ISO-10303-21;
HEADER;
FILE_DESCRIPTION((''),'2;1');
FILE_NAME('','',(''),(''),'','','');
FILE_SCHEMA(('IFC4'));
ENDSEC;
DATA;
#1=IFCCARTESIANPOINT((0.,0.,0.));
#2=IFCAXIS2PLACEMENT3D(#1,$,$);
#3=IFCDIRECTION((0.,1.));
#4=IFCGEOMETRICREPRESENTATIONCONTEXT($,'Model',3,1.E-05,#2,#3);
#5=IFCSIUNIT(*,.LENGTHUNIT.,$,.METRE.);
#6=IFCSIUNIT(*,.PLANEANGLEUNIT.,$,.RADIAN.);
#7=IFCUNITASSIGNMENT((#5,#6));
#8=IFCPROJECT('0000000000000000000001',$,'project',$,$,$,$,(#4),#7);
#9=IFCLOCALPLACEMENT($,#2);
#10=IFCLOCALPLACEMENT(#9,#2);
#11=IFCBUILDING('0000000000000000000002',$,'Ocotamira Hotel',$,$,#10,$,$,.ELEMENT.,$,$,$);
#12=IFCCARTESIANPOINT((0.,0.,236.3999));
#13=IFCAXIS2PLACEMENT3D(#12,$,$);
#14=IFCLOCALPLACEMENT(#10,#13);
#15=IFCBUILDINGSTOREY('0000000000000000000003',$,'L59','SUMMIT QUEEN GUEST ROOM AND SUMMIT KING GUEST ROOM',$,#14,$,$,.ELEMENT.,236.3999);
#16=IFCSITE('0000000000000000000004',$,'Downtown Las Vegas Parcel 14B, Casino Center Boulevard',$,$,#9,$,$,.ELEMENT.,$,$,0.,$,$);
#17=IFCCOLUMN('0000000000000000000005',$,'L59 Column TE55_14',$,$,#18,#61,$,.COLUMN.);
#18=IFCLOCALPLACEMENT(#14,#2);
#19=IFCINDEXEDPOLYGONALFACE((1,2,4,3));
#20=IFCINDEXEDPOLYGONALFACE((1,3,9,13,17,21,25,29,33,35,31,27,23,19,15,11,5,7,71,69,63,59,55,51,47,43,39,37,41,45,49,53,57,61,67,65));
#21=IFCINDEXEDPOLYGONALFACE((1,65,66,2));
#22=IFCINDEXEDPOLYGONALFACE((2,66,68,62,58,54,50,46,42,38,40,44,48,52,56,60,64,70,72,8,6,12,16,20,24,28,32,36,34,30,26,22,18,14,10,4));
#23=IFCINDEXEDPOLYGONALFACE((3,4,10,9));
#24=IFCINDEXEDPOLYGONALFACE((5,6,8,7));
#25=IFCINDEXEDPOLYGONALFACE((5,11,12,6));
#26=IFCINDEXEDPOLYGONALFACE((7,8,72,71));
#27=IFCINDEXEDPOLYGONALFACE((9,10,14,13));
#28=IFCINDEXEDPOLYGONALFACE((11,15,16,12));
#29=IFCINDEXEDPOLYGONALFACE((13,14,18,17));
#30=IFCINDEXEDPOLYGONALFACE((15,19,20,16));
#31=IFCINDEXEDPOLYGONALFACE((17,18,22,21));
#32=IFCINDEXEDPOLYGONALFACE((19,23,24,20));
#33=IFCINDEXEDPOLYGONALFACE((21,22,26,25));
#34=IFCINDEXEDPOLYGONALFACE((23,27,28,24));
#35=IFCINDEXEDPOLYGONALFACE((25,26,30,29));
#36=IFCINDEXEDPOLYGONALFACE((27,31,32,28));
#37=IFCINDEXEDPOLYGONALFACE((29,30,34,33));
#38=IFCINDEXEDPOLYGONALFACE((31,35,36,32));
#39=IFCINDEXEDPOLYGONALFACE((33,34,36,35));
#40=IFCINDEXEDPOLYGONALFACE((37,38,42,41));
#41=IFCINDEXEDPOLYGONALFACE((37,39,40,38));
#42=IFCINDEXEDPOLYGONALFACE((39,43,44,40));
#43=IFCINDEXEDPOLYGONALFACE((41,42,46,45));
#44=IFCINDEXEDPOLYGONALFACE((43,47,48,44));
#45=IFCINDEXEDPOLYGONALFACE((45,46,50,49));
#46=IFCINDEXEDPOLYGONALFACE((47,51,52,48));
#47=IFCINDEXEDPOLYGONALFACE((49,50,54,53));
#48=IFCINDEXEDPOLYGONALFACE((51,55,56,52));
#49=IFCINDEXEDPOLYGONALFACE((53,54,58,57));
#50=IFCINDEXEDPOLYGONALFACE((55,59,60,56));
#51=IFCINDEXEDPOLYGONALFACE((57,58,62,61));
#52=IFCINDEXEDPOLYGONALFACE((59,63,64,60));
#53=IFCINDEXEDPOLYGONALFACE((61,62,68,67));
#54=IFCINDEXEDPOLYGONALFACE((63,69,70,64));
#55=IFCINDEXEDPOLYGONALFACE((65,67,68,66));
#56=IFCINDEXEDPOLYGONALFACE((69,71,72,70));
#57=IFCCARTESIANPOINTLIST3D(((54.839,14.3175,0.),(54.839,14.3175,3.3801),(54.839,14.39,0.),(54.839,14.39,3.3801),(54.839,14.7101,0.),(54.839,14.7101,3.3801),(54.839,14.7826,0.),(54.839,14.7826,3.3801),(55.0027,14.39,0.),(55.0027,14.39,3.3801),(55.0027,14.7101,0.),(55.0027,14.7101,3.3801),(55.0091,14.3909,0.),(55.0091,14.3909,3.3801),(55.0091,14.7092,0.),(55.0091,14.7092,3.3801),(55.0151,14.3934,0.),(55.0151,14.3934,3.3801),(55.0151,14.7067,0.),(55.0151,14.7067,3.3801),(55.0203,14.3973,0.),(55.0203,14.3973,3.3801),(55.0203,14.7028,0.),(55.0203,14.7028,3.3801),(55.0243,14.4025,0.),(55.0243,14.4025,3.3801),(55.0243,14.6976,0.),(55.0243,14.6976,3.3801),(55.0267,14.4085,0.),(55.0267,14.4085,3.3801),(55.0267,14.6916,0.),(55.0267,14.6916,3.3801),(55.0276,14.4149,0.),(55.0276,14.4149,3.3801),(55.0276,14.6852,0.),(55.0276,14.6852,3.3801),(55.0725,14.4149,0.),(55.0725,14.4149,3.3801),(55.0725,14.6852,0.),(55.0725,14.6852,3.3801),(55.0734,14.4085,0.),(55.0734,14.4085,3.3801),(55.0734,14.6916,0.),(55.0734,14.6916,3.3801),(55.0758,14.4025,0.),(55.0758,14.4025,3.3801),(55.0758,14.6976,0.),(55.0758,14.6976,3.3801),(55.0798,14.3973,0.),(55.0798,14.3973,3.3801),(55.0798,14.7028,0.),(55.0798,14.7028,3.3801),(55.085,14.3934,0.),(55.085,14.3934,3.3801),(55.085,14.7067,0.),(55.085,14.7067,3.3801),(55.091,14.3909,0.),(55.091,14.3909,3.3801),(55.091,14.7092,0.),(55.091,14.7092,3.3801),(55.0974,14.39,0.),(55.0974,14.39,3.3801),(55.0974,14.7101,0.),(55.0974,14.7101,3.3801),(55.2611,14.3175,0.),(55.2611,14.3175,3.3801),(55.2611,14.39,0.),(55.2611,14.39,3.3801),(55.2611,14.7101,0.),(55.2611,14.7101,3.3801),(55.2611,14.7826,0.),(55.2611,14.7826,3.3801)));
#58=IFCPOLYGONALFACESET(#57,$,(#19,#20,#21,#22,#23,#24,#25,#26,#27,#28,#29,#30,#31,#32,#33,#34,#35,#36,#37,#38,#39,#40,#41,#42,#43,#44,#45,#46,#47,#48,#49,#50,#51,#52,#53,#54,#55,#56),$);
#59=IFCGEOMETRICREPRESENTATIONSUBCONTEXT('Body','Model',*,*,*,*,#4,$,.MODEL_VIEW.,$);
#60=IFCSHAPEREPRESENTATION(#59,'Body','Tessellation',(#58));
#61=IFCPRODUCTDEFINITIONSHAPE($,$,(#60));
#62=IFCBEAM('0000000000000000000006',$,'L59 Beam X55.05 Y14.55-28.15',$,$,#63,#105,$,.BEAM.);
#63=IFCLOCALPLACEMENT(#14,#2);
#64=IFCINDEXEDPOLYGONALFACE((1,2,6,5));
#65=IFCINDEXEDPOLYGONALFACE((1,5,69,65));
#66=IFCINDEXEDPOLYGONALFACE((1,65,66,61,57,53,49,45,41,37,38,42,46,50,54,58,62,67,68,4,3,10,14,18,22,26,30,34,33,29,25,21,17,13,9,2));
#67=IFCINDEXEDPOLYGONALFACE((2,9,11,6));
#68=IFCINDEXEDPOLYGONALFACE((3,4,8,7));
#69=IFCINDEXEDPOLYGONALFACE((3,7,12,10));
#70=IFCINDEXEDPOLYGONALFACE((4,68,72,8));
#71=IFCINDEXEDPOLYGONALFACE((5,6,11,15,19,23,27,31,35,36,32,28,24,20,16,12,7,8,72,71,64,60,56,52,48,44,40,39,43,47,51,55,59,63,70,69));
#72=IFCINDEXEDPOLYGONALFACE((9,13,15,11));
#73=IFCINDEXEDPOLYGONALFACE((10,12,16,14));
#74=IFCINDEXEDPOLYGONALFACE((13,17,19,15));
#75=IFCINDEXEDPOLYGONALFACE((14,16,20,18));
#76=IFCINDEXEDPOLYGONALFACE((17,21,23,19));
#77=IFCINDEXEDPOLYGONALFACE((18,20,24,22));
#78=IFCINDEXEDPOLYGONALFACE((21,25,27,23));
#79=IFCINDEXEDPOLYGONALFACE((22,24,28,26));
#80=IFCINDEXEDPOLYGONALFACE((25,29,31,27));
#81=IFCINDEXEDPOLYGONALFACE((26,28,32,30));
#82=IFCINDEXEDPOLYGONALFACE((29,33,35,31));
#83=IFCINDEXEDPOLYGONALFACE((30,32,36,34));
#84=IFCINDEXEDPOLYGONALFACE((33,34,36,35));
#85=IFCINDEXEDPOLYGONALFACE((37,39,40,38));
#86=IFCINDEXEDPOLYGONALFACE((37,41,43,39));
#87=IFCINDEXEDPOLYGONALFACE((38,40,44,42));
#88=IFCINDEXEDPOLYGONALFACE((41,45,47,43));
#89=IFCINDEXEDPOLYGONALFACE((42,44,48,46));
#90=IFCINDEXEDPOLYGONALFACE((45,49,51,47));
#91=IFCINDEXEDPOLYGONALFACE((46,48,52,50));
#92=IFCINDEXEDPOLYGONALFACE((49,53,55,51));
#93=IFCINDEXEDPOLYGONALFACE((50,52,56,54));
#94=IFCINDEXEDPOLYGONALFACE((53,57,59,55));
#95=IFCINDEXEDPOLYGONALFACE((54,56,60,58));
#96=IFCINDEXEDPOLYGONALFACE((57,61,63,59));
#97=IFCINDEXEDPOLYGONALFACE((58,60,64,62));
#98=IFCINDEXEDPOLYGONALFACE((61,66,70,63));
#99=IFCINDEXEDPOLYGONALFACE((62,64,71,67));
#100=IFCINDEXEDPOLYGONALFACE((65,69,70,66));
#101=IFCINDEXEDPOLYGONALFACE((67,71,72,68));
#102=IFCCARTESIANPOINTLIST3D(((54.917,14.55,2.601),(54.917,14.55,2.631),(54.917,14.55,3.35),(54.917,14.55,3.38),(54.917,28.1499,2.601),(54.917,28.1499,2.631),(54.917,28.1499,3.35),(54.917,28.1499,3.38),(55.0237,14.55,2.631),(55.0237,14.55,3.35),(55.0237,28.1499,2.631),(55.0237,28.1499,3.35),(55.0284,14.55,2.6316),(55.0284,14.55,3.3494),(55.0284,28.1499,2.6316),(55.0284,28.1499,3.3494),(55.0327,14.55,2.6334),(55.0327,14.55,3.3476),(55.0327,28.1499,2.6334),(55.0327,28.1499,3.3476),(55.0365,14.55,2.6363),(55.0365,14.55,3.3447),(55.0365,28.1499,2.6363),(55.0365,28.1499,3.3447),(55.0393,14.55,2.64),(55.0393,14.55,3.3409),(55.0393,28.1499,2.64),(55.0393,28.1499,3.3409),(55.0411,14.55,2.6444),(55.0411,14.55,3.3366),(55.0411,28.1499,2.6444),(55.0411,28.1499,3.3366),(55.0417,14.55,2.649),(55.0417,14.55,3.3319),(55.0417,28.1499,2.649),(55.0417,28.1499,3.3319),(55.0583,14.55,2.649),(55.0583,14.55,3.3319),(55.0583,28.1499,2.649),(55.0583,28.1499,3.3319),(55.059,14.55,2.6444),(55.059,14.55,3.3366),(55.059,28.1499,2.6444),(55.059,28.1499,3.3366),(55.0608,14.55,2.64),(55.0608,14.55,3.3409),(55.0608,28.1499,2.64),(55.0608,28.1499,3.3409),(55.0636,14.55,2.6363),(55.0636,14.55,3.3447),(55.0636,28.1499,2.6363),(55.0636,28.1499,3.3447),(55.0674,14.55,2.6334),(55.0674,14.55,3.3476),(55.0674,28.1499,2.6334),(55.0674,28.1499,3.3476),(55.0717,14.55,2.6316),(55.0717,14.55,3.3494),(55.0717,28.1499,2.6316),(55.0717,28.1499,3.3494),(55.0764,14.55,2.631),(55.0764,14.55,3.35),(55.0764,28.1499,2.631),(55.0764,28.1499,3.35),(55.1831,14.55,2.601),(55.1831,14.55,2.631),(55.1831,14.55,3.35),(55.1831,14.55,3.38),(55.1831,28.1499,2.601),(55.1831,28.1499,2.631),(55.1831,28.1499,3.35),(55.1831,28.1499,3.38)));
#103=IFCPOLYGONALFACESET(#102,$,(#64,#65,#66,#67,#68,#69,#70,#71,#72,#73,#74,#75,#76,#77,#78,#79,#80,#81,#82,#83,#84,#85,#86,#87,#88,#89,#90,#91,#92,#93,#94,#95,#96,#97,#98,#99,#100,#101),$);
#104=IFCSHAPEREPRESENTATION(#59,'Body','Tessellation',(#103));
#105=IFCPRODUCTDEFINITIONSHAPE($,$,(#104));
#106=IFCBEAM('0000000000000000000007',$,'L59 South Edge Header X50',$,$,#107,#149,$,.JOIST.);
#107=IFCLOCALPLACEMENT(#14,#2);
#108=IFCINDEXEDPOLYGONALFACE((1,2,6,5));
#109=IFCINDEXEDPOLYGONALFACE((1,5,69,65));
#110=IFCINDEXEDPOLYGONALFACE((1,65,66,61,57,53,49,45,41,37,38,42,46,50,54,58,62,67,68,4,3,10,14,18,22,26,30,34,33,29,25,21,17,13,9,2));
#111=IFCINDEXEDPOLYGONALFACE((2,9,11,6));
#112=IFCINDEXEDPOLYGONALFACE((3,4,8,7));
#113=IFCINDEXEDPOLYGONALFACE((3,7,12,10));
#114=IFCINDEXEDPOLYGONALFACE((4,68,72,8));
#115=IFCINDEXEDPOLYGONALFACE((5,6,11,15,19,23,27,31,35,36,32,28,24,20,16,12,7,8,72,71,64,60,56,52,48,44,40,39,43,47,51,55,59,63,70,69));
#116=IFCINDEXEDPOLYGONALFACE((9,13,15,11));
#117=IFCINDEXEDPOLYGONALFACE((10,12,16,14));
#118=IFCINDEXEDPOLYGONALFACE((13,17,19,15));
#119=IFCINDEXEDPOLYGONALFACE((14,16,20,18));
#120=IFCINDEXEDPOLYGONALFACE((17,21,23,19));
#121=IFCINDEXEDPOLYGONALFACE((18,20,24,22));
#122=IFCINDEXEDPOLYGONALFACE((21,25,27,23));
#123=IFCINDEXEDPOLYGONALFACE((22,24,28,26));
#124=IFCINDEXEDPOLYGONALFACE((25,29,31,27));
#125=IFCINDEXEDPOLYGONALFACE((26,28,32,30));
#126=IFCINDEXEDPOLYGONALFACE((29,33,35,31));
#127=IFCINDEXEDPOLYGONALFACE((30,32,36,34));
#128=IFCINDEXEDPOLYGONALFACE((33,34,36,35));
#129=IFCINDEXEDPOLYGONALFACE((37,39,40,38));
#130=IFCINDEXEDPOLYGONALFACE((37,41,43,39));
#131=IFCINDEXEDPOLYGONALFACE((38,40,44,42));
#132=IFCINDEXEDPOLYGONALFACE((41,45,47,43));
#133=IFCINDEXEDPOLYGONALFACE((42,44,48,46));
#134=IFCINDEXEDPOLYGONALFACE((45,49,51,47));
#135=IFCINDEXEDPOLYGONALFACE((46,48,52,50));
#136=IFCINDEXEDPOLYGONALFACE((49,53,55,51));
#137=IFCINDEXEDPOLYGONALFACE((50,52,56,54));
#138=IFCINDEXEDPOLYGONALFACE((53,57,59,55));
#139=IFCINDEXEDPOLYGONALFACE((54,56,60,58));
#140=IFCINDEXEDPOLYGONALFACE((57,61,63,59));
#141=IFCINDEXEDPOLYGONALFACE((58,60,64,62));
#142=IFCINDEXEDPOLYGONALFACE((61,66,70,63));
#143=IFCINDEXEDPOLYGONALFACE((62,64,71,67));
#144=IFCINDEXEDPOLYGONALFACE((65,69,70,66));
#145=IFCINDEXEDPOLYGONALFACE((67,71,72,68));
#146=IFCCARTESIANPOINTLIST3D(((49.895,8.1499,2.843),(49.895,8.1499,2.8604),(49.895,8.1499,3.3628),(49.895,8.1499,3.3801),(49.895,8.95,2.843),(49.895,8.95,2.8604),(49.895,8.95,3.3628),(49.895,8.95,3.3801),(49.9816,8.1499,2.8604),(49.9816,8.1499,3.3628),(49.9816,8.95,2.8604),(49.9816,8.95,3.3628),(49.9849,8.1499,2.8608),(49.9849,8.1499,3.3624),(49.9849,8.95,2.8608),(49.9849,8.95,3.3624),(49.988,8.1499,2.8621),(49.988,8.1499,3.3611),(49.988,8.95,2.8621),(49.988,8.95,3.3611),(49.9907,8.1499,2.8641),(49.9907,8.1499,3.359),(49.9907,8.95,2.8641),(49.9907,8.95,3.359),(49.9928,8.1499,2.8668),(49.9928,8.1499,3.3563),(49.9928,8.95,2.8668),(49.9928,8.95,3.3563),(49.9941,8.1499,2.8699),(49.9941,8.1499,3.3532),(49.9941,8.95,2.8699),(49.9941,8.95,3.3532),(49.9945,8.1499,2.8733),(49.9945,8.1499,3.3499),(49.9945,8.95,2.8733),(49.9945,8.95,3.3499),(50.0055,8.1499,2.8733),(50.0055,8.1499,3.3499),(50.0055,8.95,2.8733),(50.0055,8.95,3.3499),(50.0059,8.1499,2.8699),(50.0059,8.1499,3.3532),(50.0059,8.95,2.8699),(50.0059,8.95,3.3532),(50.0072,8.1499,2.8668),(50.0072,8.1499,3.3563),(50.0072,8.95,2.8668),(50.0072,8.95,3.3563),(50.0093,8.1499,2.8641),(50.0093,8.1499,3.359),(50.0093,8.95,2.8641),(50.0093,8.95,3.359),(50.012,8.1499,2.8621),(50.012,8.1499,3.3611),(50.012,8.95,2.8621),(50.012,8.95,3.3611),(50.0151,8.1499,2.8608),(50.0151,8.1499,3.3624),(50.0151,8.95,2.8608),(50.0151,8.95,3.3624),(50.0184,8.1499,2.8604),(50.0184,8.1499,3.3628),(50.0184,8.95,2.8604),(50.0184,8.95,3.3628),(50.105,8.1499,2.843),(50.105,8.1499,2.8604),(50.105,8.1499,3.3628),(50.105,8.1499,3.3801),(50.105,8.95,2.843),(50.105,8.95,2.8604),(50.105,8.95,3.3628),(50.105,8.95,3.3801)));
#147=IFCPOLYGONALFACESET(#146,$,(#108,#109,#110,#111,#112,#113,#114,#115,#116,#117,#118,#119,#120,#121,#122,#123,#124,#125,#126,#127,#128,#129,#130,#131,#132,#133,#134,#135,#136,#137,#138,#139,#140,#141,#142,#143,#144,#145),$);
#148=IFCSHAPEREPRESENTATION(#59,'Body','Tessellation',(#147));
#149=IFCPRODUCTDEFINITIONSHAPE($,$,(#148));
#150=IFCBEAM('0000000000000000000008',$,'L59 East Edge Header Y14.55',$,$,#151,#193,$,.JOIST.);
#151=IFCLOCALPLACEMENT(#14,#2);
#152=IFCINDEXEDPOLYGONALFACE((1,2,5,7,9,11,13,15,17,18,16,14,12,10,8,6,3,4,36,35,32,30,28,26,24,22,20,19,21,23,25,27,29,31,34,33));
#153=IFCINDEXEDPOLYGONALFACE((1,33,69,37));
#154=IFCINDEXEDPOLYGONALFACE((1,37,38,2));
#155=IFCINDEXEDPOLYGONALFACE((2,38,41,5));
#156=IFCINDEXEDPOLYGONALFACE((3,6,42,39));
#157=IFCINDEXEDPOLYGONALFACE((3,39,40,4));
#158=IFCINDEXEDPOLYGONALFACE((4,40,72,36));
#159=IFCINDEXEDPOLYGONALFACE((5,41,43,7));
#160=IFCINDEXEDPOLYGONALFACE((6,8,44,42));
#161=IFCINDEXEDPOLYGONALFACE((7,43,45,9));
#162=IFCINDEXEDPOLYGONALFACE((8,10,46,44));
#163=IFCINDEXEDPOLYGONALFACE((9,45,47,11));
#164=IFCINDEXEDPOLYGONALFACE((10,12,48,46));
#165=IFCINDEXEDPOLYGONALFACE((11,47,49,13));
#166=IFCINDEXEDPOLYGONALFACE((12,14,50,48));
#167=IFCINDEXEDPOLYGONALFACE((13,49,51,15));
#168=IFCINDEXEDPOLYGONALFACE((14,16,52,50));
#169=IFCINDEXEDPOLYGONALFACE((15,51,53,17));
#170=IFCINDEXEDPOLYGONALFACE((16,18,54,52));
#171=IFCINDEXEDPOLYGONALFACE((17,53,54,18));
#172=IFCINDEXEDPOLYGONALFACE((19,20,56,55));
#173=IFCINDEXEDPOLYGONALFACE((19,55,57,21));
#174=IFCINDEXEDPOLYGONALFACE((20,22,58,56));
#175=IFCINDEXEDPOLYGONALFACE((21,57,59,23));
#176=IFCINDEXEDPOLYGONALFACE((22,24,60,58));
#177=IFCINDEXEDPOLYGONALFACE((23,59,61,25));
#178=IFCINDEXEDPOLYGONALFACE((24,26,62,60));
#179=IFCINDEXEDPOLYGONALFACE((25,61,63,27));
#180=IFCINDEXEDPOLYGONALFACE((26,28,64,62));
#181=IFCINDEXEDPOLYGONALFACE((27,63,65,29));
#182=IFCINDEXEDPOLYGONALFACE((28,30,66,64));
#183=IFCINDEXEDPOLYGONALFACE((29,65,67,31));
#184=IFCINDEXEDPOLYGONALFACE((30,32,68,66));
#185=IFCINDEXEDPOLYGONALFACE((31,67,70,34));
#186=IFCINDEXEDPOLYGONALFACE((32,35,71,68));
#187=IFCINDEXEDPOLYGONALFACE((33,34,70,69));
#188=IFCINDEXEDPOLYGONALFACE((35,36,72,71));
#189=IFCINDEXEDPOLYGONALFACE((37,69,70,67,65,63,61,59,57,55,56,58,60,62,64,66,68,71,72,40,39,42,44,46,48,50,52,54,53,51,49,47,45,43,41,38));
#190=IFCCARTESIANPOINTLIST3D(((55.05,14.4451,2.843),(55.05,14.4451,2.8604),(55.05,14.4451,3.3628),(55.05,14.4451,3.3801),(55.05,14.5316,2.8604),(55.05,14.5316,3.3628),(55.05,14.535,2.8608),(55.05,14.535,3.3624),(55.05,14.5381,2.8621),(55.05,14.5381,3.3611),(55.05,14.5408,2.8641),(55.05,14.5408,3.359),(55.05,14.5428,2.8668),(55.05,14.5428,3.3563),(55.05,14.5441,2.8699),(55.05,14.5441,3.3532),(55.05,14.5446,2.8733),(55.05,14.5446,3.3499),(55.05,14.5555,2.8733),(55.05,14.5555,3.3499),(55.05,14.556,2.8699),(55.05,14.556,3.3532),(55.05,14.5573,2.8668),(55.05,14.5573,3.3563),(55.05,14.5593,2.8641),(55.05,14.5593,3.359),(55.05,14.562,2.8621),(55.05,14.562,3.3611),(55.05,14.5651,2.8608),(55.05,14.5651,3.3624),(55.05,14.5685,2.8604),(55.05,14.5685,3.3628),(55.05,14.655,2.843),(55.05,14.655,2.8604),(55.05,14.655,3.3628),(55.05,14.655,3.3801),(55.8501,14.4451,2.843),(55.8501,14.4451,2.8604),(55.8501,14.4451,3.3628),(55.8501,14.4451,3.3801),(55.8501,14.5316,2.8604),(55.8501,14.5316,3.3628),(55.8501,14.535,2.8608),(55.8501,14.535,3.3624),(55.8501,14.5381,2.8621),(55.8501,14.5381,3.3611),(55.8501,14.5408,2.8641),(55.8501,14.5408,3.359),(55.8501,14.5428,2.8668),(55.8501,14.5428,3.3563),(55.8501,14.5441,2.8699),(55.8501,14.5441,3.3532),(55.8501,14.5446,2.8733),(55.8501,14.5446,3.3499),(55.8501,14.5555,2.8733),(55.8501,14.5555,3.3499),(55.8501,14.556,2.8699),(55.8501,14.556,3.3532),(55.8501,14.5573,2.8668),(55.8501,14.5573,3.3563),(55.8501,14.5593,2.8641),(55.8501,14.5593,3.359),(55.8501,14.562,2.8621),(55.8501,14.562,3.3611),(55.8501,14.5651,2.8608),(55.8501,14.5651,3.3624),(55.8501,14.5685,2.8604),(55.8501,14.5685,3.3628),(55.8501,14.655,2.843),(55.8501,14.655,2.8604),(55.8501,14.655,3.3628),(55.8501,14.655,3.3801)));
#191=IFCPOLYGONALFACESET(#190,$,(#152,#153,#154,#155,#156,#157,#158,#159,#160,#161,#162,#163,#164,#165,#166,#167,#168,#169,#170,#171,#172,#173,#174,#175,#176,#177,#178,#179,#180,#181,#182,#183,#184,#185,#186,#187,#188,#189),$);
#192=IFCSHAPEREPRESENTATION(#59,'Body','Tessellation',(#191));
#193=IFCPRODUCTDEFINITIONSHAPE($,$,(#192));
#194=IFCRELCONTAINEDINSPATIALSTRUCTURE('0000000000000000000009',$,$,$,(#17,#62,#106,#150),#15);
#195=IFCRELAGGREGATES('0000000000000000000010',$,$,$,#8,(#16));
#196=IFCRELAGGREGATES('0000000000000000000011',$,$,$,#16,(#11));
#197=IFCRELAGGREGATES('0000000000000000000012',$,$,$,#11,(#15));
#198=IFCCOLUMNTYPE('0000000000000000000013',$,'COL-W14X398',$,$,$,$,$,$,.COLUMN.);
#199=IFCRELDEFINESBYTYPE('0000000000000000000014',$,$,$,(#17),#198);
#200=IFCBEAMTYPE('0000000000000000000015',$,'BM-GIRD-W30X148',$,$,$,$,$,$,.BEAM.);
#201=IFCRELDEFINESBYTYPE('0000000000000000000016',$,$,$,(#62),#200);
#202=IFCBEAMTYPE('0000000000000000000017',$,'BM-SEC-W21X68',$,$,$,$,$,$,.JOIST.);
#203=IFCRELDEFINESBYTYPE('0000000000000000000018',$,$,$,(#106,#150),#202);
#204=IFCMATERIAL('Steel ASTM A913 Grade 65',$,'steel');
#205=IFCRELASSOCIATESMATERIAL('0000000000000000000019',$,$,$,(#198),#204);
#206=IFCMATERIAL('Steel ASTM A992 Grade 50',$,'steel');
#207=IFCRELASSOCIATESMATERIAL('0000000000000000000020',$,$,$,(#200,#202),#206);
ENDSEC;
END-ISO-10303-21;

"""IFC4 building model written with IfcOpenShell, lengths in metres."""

from ifc_helpers import new_model, si_unit, direction, frame, origin, origin_2d, place, context, subcontext, project, spatial, i_section, extrude, source, transform, mapped, material, material_profile, profile_set, type_object, element, save


model = new_model("IFC4")

# Units and contexts
model_context = context("Model", 3, precision=1e-05, world=origin(), true_north=direction((0.0, 1.0)))
body_context = subcontext(model_context, "Body", "Model", "MODEL_VIEW")
ifc_project = project(units=[si_unit("LENGTHUNIT", "METRE"), si_unit("PLANEANGLEUNIT", "RADIAN")], contexts=[model_context])

# Site, building, storey
site_placement = place(None, origin())
site = spatial("IfcSite", under=ifc_project, at=site_placement, Name="Downtown Las Vegas Parcel 14B, Casino Center Boulevard", CompositionType="ELEMENT", RefElevation=0.0)
building_placement = place(site_placement, origin())
building = spatial("IfcBuilding", under=site, at=building_placement, Name="Ocotamira Hotel", CompositionType="ELEMENT")
storey_placement = place(building_placement, frame((0.0, 0.0, 236.3999)))
storey = spatial("IfcBuildingStorey", under=building, at=storey_placement, Name="L59", Description="SUMMIT QUEEN GUEST ROOM AND SUMMIT KING GUEST ROOM", CompositionType="ELEMENT", Elevation=236.3999)

# Column
ifc_material_1 = material(Name="Steel ASTM A913 Grade 65", Category="steel")
ifc_material_profile_1 = material_profile(ifc_material_1, i_section(OverallWidth=0.4221, OverallDepth=0.4651, WebThickness=0.0449, FlangeThickness=0.0725, FilletRadius=0.0249, at=origin_2d()), Name="W14X398")
ifc_profile_set_1 = profile_set([ifc_material_profile_1], Name="Steel ASTM A913 Grade 65")
column_type = type_object("IfcColumnType", Name="COL-W14X398", PredefinedType="COLUMN", material=ifc_profile_set_1)
shared_shape_1 = source(origin(), body_context, "Body", "SweptSolid", [
    extrude(i_section(OverallWidth=0.4221, OverallDepth=0.4651, WebThickness=0.0449, FlangeThickness=0.0725, FilletRadius=0.0249, at=origin_2d()), origin(), (0.0, 0.0, 1.0), 3.3801),
])
column_placement = place(storey_placement, frame((55.05, 14.55, 0.0), z_axis=(0.0, 0.0, 1.0), x_axis=(1.0, 0.0, 0.0)))
element("IfcColumn", 1, at=column_placement, inside=storey, type_object=column_type, Name="L59 Column TE55_14", PredefinedType="COLUMN", context=body_context, shape_type="MappedRepresentation", body=[
    mapped(shared_shape_1, transform((0.0, 0.0, 0.0), scale=1.0)),
])

# Beams
ifc_material_2 = material(Name="Steel ASTM A992 Grade 50", Category="steel")
ifc_material_profile_2 = material_profile(ifc_material_2, i_section(OverallWidth=0.2661, OverallDepth=0.7791, WebThickness=0.0166, FlangeThickness=0.03, FilletRadius=0.0181, at=origin_2d()), Name="W30X148")
ifc_profile_set_2 = profile_set([ifc_material_profile_2], Name="Steel ASTM A992 Grade 50")
beam_type_1 = type_object("IfcBeamType", Name="BM-GIRD-W30X148", PredefinedType="BEAM", material=ifc_profile_set_2)
shared_shape_2 = source(origin(), body_context, "Body", "SweptSolid", [
    extrude(i_section(OverallWidth=0.2661, OverallDepth=0.7791, WebThickness=0.0166, FlangeThickness=0.03, FilletRadius=0.0181, at=origin_2d()), origin(), (0.0, 0.0, 1.0), 13.5999),
])
beam_1_placement = place(storey_placement, frame((55.05, 14.55, 2.9905), z_axis=(0.0, 1.0, 0.0), x_axis=(-1.0, 0.0, 0.0)))
element("IfcBeam", 2, at=beam_1_placement, inside=storey, type_object=beam_type_1, Name="L59 Beam X55.05 Y14.55-28.15", PredefinedType="BEAM", context=body_context, shape_type="MappedRepresentation", body=[
    mapped(shared_shape_2, transform((0.0, 0.0, 0.0), scale=1.0)),
])
ifc_material_profile_3 = material_profile(ifc_material_2, i_section(OverallWidth=0.21, OverallDepth=0.5371, WebThickness=0.011, FlangeThickness=0.0173, FilletRadius=0.0129, at=origin_2d()), Name="W21X68")
ifc_profile_set_3 = profile_set([ifc_material_profile_3], Name="Steel ASTM A992 Grade 50")
beam_type_2 = type_object("IfcBeamType", Name="BM-SEC-W21X68", PredefinedType="JOIST", material=ifc_profile_set_3)
shared_shape_3 = source(origin(), body_context, "Body", "SweptSolid", [
    extrude(i_section(OverallWidth=0.21, OverallDepth=0.5371, WebThickness=0.011, FlangeThickness=0.0173, FilletRadius=0.0129, at=origin_2d()), origin(), (0.0, 0.0, 1.0), 0.8),
])
for number, where, z_axis, x_axis, name in (
    (3, (50.0, 8.95, 3.1116), (0.0, -1.0, 0.0), (1.0, 0.0, 0.0), "L59 South Edge Header X50"),
    (4, (55.05, 14.55, 3.1116), (1.0, 0.0, 0.0), (0.0, 1.0, 0.0), "L59 East Edge Header Y14.55"),
):
    element("IfcBeam", number, at=place(storey_placement, frame(where, z_axis=z_axis, x_axis=x_axis)), inside=storey, type_object=beam_type_2, Name=name, PredefinedType="JOIST", context=body_context, shape_type="MappedRepresentation", body=[
        mapped(shared_shape_3, transform((0.0, 0.0, 0.0), scale=1.0)),
    ])

save(model, "model.ifc")
